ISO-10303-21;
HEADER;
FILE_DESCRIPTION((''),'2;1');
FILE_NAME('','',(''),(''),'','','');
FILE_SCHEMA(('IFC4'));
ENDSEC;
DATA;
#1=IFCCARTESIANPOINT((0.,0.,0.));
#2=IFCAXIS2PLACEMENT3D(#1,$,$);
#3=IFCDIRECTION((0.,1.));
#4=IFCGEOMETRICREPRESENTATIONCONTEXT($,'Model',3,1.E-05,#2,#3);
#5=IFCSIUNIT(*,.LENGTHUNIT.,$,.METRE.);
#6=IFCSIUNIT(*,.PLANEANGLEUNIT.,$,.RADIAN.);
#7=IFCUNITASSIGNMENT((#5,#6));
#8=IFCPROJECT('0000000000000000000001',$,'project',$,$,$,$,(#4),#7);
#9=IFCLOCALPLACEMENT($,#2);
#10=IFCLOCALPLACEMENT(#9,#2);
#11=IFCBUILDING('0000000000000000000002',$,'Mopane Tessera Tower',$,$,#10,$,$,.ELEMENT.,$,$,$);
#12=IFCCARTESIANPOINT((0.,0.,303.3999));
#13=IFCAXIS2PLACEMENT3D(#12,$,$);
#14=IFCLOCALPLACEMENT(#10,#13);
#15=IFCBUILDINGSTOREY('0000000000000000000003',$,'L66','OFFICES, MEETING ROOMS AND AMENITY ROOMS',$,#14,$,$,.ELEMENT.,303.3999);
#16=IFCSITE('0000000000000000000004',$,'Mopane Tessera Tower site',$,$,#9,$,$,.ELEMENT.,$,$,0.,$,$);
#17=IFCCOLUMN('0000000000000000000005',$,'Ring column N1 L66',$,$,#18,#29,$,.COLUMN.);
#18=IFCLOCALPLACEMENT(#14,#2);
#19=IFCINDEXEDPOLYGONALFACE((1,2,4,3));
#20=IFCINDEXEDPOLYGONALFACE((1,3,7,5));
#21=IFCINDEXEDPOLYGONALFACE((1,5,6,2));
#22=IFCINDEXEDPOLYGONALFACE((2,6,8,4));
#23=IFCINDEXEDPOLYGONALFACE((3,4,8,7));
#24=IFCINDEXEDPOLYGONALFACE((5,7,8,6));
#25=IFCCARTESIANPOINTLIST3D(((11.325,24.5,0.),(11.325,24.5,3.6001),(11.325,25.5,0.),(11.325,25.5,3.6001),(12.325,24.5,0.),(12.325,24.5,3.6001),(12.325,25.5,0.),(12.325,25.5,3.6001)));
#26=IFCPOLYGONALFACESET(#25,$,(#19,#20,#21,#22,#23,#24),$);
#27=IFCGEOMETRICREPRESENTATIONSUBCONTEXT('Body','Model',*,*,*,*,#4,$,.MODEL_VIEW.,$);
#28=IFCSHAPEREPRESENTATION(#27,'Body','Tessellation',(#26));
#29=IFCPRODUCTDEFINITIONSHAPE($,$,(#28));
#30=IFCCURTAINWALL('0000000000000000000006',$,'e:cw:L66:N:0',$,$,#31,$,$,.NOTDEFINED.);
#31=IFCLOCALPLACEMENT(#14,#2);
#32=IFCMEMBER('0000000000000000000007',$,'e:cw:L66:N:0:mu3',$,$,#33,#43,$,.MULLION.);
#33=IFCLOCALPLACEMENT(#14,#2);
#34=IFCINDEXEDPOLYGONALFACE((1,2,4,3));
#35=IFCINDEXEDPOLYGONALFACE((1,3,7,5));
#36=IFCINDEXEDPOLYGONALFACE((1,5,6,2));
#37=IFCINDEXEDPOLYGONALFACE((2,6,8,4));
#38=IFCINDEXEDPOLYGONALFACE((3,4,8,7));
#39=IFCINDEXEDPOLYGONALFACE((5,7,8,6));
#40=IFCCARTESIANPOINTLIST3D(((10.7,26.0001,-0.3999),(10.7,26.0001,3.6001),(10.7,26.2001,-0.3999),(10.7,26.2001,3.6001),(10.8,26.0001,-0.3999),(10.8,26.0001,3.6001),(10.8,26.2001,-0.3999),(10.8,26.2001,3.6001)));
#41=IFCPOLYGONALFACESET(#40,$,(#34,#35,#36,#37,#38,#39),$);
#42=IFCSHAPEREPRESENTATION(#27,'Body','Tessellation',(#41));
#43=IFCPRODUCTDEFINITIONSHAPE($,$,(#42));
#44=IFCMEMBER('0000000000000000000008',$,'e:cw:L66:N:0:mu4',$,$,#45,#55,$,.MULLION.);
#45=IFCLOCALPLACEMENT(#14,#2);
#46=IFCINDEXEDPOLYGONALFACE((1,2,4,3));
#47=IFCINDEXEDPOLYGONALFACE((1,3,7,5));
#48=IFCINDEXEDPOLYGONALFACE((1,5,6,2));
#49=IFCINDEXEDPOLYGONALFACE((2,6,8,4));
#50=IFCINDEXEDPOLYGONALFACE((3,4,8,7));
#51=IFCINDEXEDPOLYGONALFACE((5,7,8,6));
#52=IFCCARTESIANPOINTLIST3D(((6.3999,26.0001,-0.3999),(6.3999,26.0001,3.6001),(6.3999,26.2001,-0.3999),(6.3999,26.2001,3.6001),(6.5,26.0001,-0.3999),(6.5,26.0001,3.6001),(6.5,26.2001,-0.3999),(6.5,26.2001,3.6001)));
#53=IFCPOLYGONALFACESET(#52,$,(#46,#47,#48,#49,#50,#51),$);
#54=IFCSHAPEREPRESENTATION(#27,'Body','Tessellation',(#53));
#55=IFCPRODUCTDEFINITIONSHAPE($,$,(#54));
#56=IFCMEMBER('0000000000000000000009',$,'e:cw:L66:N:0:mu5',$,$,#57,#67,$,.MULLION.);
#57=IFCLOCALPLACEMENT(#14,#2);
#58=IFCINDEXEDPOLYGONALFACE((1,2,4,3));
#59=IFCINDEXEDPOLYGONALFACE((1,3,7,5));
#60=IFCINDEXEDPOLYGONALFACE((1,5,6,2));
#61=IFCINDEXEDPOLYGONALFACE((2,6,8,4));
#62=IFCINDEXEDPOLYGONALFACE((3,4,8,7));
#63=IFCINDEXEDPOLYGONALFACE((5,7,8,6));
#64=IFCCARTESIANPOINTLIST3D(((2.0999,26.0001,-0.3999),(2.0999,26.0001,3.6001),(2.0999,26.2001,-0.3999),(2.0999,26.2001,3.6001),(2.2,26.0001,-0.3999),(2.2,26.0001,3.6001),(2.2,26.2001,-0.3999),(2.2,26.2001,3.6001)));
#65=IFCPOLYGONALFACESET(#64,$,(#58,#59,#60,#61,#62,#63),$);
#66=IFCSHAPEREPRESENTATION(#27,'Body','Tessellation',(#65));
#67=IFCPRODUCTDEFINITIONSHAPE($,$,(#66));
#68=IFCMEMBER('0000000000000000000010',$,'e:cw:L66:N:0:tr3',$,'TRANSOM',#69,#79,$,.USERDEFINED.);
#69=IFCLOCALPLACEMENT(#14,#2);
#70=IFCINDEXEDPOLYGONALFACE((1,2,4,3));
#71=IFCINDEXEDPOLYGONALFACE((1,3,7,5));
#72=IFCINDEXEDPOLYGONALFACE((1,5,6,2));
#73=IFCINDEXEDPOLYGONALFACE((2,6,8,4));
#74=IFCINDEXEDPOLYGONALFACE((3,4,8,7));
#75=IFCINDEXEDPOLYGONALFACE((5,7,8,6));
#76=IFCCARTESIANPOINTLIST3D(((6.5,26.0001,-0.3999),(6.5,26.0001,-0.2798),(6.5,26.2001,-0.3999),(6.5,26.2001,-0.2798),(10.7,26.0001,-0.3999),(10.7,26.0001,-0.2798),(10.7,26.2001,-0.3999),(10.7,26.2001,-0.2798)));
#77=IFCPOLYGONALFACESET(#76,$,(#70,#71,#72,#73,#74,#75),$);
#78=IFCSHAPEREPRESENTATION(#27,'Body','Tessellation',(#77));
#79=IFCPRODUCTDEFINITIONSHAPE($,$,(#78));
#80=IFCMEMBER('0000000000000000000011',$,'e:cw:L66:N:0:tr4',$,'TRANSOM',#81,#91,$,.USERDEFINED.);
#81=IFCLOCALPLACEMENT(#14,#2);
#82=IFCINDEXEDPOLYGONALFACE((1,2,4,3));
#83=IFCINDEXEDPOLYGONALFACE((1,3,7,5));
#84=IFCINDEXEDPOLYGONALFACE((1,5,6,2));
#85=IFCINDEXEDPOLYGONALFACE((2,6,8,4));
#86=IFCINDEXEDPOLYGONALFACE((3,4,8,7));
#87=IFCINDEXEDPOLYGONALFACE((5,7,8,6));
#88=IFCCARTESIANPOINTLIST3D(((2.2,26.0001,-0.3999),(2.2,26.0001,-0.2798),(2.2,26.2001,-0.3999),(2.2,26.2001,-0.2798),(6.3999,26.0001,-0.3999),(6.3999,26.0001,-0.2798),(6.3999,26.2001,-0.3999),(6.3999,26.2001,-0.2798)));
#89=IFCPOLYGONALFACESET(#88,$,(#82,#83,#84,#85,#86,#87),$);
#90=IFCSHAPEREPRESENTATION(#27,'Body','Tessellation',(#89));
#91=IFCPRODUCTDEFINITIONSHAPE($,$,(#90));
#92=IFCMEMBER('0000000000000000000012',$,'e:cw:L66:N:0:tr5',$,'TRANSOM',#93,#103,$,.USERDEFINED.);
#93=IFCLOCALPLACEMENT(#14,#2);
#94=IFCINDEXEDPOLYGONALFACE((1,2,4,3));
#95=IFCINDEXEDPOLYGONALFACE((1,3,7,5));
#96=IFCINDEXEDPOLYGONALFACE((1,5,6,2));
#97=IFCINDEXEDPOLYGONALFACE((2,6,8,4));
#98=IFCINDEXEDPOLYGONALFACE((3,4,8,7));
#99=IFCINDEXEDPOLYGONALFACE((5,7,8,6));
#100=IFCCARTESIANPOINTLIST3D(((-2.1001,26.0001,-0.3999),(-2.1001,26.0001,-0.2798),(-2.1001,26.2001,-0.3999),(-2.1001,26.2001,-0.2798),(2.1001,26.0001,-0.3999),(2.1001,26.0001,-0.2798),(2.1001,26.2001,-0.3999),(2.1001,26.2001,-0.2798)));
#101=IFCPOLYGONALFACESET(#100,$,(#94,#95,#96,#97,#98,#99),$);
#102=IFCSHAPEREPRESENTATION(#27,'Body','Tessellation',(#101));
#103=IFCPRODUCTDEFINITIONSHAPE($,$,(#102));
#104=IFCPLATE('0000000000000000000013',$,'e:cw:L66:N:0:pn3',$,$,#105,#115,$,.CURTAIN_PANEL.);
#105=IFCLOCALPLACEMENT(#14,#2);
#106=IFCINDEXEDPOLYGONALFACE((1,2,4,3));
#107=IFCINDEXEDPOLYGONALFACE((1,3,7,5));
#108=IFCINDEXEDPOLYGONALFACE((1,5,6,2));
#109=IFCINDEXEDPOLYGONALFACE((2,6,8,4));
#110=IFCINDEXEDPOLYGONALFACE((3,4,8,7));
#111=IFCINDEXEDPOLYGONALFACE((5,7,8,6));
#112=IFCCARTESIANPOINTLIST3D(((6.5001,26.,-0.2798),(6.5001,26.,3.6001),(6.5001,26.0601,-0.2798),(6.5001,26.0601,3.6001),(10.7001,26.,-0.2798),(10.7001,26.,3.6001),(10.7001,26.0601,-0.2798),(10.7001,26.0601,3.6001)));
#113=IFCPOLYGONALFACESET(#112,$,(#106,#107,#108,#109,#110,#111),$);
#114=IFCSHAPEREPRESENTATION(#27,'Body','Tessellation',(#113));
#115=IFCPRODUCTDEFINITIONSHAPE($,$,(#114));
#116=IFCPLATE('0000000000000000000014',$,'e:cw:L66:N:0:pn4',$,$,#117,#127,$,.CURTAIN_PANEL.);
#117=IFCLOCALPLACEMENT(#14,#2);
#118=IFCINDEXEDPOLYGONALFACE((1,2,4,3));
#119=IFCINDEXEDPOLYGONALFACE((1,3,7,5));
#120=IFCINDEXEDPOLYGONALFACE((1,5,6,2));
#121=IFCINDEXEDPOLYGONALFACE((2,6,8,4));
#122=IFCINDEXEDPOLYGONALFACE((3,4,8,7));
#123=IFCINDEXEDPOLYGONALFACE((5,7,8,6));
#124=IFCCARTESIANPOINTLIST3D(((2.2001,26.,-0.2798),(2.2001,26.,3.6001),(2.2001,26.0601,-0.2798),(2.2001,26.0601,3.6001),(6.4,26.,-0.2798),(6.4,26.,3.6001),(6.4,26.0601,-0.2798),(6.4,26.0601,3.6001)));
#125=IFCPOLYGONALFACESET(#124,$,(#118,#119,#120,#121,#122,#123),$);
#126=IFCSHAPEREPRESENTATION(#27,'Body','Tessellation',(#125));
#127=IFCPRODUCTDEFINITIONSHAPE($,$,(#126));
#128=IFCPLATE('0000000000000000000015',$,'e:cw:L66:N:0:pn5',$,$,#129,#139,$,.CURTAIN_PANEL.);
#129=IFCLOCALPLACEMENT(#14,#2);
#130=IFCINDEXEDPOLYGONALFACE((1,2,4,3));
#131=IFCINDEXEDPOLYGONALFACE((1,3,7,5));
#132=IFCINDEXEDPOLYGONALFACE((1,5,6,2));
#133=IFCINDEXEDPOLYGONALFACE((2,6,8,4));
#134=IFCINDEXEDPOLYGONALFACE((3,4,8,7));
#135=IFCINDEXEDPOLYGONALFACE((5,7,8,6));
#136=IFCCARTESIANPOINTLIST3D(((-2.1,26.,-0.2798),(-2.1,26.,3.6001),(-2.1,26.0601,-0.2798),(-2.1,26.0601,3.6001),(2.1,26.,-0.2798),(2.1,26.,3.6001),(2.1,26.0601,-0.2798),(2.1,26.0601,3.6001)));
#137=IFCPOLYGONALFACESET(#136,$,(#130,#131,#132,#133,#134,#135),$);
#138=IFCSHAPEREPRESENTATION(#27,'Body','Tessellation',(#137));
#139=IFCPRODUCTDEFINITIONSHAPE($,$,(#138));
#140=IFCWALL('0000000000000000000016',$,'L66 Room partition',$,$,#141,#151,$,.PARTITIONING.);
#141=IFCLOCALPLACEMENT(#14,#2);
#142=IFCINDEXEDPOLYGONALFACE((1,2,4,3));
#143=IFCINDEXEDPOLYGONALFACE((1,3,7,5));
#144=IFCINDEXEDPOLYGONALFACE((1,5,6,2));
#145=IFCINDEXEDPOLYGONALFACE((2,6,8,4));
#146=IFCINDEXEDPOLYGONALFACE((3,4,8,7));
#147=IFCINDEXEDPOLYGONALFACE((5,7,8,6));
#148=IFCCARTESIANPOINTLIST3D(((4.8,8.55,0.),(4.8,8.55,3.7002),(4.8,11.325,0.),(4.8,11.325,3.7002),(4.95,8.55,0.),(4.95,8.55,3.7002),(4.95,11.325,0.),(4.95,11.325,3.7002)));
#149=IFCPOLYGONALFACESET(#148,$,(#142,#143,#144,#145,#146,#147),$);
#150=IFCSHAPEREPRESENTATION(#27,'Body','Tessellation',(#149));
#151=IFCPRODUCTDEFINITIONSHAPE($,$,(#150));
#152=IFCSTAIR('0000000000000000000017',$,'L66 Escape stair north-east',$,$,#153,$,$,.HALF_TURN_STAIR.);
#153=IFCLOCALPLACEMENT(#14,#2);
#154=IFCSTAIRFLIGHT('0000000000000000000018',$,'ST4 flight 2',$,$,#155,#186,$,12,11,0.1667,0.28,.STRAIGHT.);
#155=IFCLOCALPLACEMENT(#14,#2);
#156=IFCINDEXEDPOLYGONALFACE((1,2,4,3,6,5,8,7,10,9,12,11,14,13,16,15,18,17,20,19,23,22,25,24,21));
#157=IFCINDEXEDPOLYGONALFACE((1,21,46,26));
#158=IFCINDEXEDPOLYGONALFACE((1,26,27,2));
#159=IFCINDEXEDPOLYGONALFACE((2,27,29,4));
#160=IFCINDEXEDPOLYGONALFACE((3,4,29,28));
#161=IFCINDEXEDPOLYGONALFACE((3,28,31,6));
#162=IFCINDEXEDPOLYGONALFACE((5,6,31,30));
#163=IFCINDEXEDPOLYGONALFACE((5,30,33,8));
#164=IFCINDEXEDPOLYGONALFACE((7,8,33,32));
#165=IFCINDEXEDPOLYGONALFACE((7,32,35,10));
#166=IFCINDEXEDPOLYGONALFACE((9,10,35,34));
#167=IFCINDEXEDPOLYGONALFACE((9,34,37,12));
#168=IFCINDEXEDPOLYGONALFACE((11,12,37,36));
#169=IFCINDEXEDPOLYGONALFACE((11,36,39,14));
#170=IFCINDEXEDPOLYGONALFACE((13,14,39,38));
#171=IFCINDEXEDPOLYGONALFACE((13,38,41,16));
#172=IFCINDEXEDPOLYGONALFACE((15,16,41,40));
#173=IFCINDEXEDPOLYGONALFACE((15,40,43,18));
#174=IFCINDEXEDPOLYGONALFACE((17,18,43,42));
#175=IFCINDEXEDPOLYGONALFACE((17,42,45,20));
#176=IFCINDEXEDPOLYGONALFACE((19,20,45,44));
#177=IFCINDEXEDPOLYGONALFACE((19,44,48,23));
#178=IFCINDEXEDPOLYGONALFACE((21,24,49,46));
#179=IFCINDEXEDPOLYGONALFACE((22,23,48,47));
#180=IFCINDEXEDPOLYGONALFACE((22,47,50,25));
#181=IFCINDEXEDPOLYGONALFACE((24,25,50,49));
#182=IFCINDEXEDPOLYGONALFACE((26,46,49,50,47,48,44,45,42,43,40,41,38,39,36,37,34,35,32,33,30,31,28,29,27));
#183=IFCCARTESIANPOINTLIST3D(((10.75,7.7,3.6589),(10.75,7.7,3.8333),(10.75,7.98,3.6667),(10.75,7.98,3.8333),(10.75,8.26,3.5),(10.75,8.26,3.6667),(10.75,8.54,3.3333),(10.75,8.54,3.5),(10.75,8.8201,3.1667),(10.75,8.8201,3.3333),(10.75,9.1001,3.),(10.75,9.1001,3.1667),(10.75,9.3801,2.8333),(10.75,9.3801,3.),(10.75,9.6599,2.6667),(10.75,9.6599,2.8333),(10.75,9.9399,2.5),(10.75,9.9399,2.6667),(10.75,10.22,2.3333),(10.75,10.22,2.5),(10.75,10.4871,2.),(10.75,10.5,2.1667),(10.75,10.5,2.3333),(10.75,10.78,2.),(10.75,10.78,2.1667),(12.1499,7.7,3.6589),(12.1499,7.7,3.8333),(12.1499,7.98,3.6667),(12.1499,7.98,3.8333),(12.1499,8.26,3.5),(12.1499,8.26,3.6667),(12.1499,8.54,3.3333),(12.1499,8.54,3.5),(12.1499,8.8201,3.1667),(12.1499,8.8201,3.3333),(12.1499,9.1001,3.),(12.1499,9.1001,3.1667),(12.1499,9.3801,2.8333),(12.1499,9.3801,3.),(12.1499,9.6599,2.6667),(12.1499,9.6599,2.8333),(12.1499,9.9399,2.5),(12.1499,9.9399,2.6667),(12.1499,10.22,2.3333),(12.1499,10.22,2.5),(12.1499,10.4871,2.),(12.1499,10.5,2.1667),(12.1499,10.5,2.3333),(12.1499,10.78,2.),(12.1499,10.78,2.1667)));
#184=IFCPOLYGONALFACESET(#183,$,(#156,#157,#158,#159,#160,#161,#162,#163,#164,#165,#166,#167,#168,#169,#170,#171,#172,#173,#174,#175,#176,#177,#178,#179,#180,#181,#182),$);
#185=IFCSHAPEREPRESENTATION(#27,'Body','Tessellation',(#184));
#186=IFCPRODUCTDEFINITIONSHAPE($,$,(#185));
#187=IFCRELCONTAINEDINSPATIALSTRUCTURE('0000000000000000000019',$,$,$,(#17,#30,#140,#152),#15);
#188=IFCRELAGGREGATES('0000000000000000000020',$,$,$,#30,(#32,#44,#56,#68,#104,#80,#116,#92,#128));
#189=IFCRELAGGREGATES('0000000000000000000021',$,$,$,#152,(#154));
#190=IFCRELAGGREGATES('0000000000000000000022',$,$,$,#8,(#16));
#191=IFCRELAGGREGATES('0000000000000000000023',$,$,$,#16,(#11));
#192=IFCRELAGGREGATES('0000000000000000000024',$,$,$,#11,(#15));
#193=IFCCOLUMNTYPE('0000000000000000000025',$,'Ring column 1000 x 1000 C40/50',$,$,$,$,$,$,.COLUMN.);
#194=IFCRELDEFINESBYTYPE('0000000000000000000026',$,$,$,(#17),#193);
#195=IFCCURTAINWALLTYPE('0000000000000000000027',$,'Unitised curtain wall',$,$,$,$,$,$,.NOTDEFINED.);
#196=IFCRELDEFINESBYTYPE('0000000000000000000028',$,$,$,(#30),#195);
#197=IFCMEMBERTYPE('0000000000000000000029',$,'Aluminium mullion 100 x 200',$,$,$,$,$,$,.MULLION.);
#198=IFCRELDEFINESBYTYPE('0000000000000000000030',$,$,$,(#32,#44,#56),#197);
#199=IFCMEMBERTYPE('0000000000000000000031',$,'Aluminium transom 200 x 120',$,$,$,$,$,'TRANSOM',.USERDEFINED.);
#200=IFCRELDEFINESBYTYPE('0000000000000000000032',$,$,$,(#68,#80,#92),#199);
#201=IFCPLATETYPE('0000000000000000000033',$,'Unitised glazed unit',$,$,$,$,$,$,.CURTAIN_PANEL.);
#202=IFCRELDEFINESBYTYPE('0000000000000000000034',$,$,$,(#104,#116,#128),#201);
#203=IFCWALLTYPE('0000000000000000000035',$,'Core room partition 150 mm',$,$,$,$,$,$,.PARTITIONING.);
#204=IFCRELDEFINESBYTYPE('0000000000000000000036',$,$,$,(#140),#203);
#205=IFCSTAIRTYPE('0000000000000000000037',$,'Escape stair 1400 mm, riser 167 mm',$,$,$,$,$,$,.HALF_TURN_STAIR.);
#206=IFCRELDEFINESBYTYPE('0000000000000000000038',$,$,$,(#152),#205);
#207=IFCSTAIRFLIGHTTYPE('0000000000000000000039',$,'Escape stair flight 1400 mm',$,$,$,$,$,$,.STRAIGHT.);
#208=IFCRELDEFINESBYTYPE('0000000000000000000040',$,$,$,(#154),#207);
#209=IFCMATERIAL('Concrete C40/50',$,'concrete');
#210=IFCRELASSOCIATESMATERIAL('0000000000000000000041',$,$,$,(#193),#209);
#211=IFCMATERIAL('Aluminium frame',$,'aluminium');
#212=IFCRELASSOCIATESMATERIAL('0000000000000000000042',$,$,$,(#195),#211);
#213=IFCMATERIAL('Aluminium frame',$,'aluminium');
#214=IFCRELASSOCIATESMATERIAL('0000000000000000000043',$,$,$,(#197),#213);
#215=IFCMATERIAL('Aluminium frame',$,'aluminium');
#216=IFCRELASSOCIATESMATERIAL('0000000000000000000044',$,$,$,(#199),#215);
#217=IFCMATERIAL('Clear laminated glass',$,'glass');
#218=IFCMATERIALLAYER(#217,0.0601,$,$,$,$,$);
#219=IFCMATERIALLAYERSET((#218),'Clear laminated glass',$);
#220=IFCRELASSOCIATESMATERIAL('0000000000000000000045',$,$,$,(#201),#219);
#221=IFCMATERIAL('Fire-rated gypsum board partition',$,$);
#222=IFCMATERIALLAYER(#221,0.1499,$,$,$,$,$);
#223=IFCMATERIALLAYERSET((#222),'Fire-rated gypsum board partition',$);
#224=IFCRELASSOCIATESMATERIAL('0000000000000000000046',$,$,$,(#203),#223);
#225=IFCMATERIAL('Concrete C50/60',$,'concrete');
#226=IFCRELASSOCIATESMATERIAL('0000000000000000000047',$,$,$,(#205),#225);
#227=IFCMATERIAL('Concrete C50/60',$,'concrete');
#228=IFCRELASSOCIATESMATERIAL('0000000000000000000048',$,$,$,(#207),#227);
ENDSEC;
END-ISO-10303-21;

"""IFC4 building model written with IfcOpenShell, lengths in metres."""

from ifc_helpers import new_model, si_unit, direction, frame, frame_2d, origin, origin_2d, place, context, subcontext, project, spatial, polyline, rectangle, outline, extrude, material, layer, layer_set, material_profile, profile_set, type_object, element, aggregate, save


model = new_model("IFC4")

# Units and contexts
model_context = context("Model", 3, precision=1e-05, world=origin(), true_north=direction((0.0, 1.0)))
body_context = subcontext(model_context, "Body", "Model", "MODEL_VIEW")
ifc_project = project(units=[si_unit("LENGTHUNIT", "METRE"), si_unit("PLANEANGLEUNIT", "RADIAN")], contexts=[model_context])

# Site, building, storey
site_placement = place(None, origin())
site = spatial("IfcSite", under=ifc_project, at=site_placement, Name="Mopane Tessera Tower site", CompositionType="ELEMENT", RefElevation=0.0)
building_placement = place(site_placement, origin())
building = spatial("IfcBuilding", under=site, at=building_placement, Name="Mopane Tessera Tower", CompositionType="ELEMENT")
storey_placement = place(building_placement, frame((0.0, 0.0, 303.3999)))
storey = spatial("IfcBuildingStorey", under=building, at=storey_placement, Name="L66", Description="OFFICES, MEETING ROOMS AND AMENITY ROOMS", CompositionType="ELEMENT", Elevation=303.3999)

# Column
ifc_material_1 = material(Name="Concrete C40/50", Category="concrete")
ifc_material_profile_1 = material_profile(ifc_material_1, rectangle(XDim=1.0, YDim=1.0, at=origin_2d()))
ifc_profile_set_1 = profile_set([ifc_material_profile_1], Name="Concrete C40/50")
column_type = type_object("IfcColumnType", Name="Ring column 1000 x 1000 C40/50", PredefinedType="COLUMN", material=ifc_profile_set_1)
column_placement = place(storey_placement, frame((11.825, 25.0, 0.0), z_axis=(0.0, 0.0, 1.0), x_axis=(1.0, 0.0, 0.0)))
element("IfcColumn", 1, at=column_placement, inside=storey, type_object=column_type, Name="Ring column N1 L66", PredefinedType="COLUMN", context=body_context, shape_type="SweptSolid", body=[
    extrude(rectangle(XDim=1.0, YDim=1.0, at=origin_2d()), origin(), (0.0, 0.0, 1.0), 3.6001),
])

# Curtain wall, members, plates
ifc_material_2 = material(Name="Aluminium frame", Category="aluminium")
curtain_wall_type = type_object("IfcCurtainWallType", Name="Unitised curtain wall", PredefinedType="NOTDEFINED", material=ifc_material_2)
curtain_wall_placement = place(storey_placement, origin())
curtain_wall = element("IfcCurtainWall", 2, at=curtain_wall_placement, inside=storey, type_object=curtain_wall_type, Name="e:cw:L66:N:0", PredefinedType="NOTDEFINED")
ifc_material_3 = material(Name="Aluminium frame", Category="aluminium")
ifc_material_profile_2 = material_profile(ifc_material_3, rectangle(XDim=0.1001, YDim=0.2, at=origin_2d()))
ifc_profile_set_2 = profile_set([ifc_material_profile_2], Name="Aluminium frame")
member_type_1 = type_object("IfcMemberType", Name="Aluminium mullion 100 x 200", PredefinedType="MULLION", material=ifc_profile_set_2)
member_1_placement = place(storey_placement, frame((10.75, 26.1001, -0.3999), z_axis=(0.0, 0.0, 1.0), x_axis=(-1.0, 0.0, 0.0)))
member_1 = element("IfcMember", 3, at=member_1_placement, type_object=member_type_1, Name="e:cw:L66:N:0:mu3", PredefinedType="MULLION", context=body_context, shape_type="SweptSolid", body=[
    extrude(rectangle(XDim=0.1001, YDim=0.2, at=origin_2d()), origin(), (0.0, 0.0, 1.0), 4.0),
])
member_2_placement = place(storey_placement, frame((6.45, 26.1001, -0.3999), z_axis=(0.0, 0.0, 1.0), x_axis=(-1.0, 0.0, 0.0)))
member_2 = element("IfcMember", 4, at=member_2_placement, type_object=member_type_1, Name="e:cw:L66:N:0:mu4", PredefinedType="MULLION", context=body_context, shape_type="SweptSolid", body=[
    extrude(rectangle(XDim=0.1001, YDim=0.2, at=origin_2d()), origin(), (0.0, 0.0, 1.0), 4.0),
])
member_3_placement = place(storey_placement, frame((2.1499, 26.1001, -0.3999), z_axis=(0.0, 0.0, 1.0), x_axis=(-1.0, 0.0, 0.0)))
member_3 = element("IfcMember", 5, at=member_3_placement, type_object=member_type_1, Name="e:cw:L66:N:0:mu5", PredefinedType="MULLION", context=body_context, shape_type="SweptSolid", body=[
    extrude(rectangle(XDim=0.1001, YDim=0.2, at=origin_2d()), origin(), (0.0, 0.0, 1.0), 4.0),
])
ifc_material_4 = material(Name="Aluminium frame", Category="aluminium")
ifc_material_profile_3 = material_profile(ifc_material_4, rectangle(XDim=0.2, YDim=0.1201, at=origin_2d()))
ifc_profile_set_3 = profile_set([ifc_material_profile_3], Name="Aluminium frame")
member_type_2 = type_object("IfcMemberType", Name="Aluminium transom 200 x 120", ElementType="TRANSOM", PredefinedType="USERDEFINED", material=ifc_profile_set_3)
member_4_placement = place(storey_placement, frame((10.7, 26.1001, -0.3398), z_axis=(-1.0, 0.0, 0.0), x_axis=(0.0, -1.0, 0.0)))
member_4 = element("IfcMember", 6, at=member_4_placement, type_object=member_type_2, Name="e:cw:L66:N:0:tr3", ObjectType="TRANSOM", PredefinedType="USERDEFINED", context=body_context, shape_type="SweptSolid", body=[
    extrude(rectangle(XDim=0.2, YDim=0.1201, at=origin_2d()), origin(), (0.0, 0.0, 1.0), 4.2),
])
member_5_placement = place(storey_placement, frame((6.3999, 26.1001, -0.3398), z_axis=(-1.0, 0.0, 0.0), x_axis=(0.0, -1.0, 0.0)))
member_5 = element("IfcMember", 7, at=member_5_placement, type_object=member_type_2, Name="e:cw:L66:N:0:tr4", ObjectType="TRANSOM", PredefinedType="USERDEFINED", context=body_context, shape_type="SweptSolid", body=[
    extrude(rectangle(XDim=0.2, YDim=0.1201, at=origin_2d()), origin(), (0.0, 0.0, 1.0), 4.2),
])
member_6_placement = place(storey_placement, frame((2.1001, 26.1001, -0.3398), z_axis=(-1.0, 0.0, 0.0), x_axis=(0.0, -1.0, 0.0)))
member_6 = element("IfcMember", 8, at=member_6_placement, type_object=member_type_2, Name="e:cw:L66:N:0:tr5", ObjectType="TRANSOM", PredefinedType="USERDEFINED", context=body_context, shape_type="SweptSolid", body=[
    extrude(rectangle(XDim=0.2, YDim=0.1201, at=origin_2d()), origin(), (0.0, 0.0, 1.0), 4.2002),
])
ifc_material_5 = material(Name="Clear laminated glass", Category="glass")
ifc_layer_1 = layer(ifc_material_5, 0.0601)
ifc_layer_set_1 = layer_set([ifc_layer_1], Name="Clear laminated glass")
plate_type = type_object("IfcPlateType", Name="Unitised glazed unit", PredefinedType="CURTAIN_PANEL", material=ifc_layer_set_1)
plate_1_placement = place(storey_placement, frame((8.6001, 26.03, -0.2798), z_axis=(0.0, 0.0, 1.0), x_axis=(-1.0, 0.0, 0.0)))
plate_1 = element("IfcPlate", 9, at=plate_1_placement, type_object=plate_type, Name="e:cw:L66:N:0:pn3", PredefinedType="CURTAIN_PANEL", context=body_context, shape_type="SweptSolid", body=[
    extrude(rectangle(XDim=4.2, YDim=0.0601, at=origin_2d()), origin(), (0.0, 0.0, 1.0), 3.8799),
])
plate_2_placement = place(storey_placement, frame((4.3, 26.03, -0.2798), z_axis=(0.0, 0.0, 1.0), x_axis=(-1.0, 0.0, 0.0)))
plate_2 = element("IfcPlate", 10, at=plate_2_placement, type_object=plate_type, Name="e:cw:L66:N:0:pn4", PredefinedType="CURTAIN_PANEL", context=body_context, shape_type="SweptSolid", body=[
    extrude(rectangle(XDim=4.2, YDim=0.0601, at=origin_2d()), origin(), (0.0, 0.0, 1.0), 3.8799),
])
plate_3_placement = place(storey_placement, frame((0.0, 26.03, -0.2798), z_axis=(0.0, 0.0, 1.0), x_axis=(-1.0, 0.0, 0.0)))
plate_3 = element("IfcPlate", 11, at=plate_3_placement, type_object=plate_type, Name="e:cw:L66:N:0:pn5", PredefinedType="CURTAIN_PANEL", context=body_context, shape_type="SweptSolid", body=[
    extrude(rectangle(XDim=4.2, YDim=0.0601, at=origin_2d()), origin(), (0.0, 0.0, 1.0), 3.8799),
])
aggregate(curtain_wall, [member_1, member_2, member_3, member_4, plate_1, member_5, plate_2, member_6, plate_3])

# Wall
ifc_material_6 = material(Name="Fire-rated gypsum board partition")
ifc_layer_2 = layer(ifc_material_6, 0.1499)
ifc_layer_set_2 = layer_set([ifc_layer_2], Name="Fire-rated gypsum board partition")
wall_type = type_object("IfcWallType", Name="Core room partition 150 mm", PredefinedType="PARTITIONING", material=ifc_layer_set_2)
wall_placement = place(storey_placement, frame((4.875, 8.55, 0.0), z_axis=(0.0, 0.0, 1.0), x_axis=(0.0, 1.0, 0.0)))
element("IfcWall", 12, at=wall_placement, inside=storey, type_object=wall_type, Name="L66 Room partition", PredefinedType="PARTITIONING", context=body_context, shape_type="SweptSolid", body=[
    extrude(rectangle(XDim=2.7749, YDim=0.1499, at=frame_2d((1.3875, 0.0))), origin(), (0.0, 0.0, 1.0), 3.7002),
])

# Stair, stair flight
ifc_material_7 = material(Name="Concrete C50/60", Category="concrete")
stair_type = type_object("IfcStairType", Name="Escape stair 1400 mm, riser 167 mm", PredefinedType="HALF_TURN_STAIR", material=ifc_material_7)
stair_placement = place(storey_placement, origin())
stair = element("IfcStair", 13, at=stair_placement, inside=storey, type_object=stair_type, Name="L66 Escape stair north-east", PredefinedType="HALF_TURN_STAIR")
ifc_material_8 = material(Name="Concrete C50/60", Category="concrete")
stair_flight_type = type_object("IfcStairFlightType", Name="Escape stair flight 1400 mm", PredefinedType="STRAIGHT", material=ifc_material_8)
stair_flight_placement = place(storey_placement, frame((11.45, 10.78, 2.0), z_axis=(0.0, 0.0, 1.0), x_axis=(0.0, -1.0, 0.0)))
stair_flight = element("IfcStairFlight", 14, at=stair_flight_placement, type_object=stair_flight_type, Name="ST4 flight 2", NumberOfRisers=12, NumberOfTreads=11, PredefinedType="STRAIGHT", RiserHeight=0.1667, TreadLength=0.28, context=body_context, shape_type="SweptSolid", body=[
    extrude(outline(polyline([(0.0, 0.0), (0.0, 0.1667), (0.28, 0.1667), (0.28, 0.3333), (0.5601, 0.3333), (0.5601, 0.5), (0.8401, 0.5), (0.8401, 0.6667), (1.1201, 0.6667), (1.1201, 0.8333), (1.3999, 0.8333), (1.3999, 1.0), (1.6799, 1.0), (1.6799, 1.1667), (1.96, 1.1667), (1.96, 1.3333), (2.24, 1.3333), (2.24, 1.5), (2.52, 1.5), (2.52, 1.6667), (2.8, 1.6667), (2.8, 1.8333), (3.0801, 1.8333), (3.0801, 2.0), (3.0801, 1.6589), (0.293, 0.0), (0.0, 0.0)])), frame((0.0, 0.7, 0.0), z_axis=(0.0, -1.0, 0.0), x_axis=(1.0, 0.0, 0.0)), (0.0, 0.0, 1.0), 1.3999),
])
aggregate(stair, [stair_flight])

save(model, "model.ifc")
